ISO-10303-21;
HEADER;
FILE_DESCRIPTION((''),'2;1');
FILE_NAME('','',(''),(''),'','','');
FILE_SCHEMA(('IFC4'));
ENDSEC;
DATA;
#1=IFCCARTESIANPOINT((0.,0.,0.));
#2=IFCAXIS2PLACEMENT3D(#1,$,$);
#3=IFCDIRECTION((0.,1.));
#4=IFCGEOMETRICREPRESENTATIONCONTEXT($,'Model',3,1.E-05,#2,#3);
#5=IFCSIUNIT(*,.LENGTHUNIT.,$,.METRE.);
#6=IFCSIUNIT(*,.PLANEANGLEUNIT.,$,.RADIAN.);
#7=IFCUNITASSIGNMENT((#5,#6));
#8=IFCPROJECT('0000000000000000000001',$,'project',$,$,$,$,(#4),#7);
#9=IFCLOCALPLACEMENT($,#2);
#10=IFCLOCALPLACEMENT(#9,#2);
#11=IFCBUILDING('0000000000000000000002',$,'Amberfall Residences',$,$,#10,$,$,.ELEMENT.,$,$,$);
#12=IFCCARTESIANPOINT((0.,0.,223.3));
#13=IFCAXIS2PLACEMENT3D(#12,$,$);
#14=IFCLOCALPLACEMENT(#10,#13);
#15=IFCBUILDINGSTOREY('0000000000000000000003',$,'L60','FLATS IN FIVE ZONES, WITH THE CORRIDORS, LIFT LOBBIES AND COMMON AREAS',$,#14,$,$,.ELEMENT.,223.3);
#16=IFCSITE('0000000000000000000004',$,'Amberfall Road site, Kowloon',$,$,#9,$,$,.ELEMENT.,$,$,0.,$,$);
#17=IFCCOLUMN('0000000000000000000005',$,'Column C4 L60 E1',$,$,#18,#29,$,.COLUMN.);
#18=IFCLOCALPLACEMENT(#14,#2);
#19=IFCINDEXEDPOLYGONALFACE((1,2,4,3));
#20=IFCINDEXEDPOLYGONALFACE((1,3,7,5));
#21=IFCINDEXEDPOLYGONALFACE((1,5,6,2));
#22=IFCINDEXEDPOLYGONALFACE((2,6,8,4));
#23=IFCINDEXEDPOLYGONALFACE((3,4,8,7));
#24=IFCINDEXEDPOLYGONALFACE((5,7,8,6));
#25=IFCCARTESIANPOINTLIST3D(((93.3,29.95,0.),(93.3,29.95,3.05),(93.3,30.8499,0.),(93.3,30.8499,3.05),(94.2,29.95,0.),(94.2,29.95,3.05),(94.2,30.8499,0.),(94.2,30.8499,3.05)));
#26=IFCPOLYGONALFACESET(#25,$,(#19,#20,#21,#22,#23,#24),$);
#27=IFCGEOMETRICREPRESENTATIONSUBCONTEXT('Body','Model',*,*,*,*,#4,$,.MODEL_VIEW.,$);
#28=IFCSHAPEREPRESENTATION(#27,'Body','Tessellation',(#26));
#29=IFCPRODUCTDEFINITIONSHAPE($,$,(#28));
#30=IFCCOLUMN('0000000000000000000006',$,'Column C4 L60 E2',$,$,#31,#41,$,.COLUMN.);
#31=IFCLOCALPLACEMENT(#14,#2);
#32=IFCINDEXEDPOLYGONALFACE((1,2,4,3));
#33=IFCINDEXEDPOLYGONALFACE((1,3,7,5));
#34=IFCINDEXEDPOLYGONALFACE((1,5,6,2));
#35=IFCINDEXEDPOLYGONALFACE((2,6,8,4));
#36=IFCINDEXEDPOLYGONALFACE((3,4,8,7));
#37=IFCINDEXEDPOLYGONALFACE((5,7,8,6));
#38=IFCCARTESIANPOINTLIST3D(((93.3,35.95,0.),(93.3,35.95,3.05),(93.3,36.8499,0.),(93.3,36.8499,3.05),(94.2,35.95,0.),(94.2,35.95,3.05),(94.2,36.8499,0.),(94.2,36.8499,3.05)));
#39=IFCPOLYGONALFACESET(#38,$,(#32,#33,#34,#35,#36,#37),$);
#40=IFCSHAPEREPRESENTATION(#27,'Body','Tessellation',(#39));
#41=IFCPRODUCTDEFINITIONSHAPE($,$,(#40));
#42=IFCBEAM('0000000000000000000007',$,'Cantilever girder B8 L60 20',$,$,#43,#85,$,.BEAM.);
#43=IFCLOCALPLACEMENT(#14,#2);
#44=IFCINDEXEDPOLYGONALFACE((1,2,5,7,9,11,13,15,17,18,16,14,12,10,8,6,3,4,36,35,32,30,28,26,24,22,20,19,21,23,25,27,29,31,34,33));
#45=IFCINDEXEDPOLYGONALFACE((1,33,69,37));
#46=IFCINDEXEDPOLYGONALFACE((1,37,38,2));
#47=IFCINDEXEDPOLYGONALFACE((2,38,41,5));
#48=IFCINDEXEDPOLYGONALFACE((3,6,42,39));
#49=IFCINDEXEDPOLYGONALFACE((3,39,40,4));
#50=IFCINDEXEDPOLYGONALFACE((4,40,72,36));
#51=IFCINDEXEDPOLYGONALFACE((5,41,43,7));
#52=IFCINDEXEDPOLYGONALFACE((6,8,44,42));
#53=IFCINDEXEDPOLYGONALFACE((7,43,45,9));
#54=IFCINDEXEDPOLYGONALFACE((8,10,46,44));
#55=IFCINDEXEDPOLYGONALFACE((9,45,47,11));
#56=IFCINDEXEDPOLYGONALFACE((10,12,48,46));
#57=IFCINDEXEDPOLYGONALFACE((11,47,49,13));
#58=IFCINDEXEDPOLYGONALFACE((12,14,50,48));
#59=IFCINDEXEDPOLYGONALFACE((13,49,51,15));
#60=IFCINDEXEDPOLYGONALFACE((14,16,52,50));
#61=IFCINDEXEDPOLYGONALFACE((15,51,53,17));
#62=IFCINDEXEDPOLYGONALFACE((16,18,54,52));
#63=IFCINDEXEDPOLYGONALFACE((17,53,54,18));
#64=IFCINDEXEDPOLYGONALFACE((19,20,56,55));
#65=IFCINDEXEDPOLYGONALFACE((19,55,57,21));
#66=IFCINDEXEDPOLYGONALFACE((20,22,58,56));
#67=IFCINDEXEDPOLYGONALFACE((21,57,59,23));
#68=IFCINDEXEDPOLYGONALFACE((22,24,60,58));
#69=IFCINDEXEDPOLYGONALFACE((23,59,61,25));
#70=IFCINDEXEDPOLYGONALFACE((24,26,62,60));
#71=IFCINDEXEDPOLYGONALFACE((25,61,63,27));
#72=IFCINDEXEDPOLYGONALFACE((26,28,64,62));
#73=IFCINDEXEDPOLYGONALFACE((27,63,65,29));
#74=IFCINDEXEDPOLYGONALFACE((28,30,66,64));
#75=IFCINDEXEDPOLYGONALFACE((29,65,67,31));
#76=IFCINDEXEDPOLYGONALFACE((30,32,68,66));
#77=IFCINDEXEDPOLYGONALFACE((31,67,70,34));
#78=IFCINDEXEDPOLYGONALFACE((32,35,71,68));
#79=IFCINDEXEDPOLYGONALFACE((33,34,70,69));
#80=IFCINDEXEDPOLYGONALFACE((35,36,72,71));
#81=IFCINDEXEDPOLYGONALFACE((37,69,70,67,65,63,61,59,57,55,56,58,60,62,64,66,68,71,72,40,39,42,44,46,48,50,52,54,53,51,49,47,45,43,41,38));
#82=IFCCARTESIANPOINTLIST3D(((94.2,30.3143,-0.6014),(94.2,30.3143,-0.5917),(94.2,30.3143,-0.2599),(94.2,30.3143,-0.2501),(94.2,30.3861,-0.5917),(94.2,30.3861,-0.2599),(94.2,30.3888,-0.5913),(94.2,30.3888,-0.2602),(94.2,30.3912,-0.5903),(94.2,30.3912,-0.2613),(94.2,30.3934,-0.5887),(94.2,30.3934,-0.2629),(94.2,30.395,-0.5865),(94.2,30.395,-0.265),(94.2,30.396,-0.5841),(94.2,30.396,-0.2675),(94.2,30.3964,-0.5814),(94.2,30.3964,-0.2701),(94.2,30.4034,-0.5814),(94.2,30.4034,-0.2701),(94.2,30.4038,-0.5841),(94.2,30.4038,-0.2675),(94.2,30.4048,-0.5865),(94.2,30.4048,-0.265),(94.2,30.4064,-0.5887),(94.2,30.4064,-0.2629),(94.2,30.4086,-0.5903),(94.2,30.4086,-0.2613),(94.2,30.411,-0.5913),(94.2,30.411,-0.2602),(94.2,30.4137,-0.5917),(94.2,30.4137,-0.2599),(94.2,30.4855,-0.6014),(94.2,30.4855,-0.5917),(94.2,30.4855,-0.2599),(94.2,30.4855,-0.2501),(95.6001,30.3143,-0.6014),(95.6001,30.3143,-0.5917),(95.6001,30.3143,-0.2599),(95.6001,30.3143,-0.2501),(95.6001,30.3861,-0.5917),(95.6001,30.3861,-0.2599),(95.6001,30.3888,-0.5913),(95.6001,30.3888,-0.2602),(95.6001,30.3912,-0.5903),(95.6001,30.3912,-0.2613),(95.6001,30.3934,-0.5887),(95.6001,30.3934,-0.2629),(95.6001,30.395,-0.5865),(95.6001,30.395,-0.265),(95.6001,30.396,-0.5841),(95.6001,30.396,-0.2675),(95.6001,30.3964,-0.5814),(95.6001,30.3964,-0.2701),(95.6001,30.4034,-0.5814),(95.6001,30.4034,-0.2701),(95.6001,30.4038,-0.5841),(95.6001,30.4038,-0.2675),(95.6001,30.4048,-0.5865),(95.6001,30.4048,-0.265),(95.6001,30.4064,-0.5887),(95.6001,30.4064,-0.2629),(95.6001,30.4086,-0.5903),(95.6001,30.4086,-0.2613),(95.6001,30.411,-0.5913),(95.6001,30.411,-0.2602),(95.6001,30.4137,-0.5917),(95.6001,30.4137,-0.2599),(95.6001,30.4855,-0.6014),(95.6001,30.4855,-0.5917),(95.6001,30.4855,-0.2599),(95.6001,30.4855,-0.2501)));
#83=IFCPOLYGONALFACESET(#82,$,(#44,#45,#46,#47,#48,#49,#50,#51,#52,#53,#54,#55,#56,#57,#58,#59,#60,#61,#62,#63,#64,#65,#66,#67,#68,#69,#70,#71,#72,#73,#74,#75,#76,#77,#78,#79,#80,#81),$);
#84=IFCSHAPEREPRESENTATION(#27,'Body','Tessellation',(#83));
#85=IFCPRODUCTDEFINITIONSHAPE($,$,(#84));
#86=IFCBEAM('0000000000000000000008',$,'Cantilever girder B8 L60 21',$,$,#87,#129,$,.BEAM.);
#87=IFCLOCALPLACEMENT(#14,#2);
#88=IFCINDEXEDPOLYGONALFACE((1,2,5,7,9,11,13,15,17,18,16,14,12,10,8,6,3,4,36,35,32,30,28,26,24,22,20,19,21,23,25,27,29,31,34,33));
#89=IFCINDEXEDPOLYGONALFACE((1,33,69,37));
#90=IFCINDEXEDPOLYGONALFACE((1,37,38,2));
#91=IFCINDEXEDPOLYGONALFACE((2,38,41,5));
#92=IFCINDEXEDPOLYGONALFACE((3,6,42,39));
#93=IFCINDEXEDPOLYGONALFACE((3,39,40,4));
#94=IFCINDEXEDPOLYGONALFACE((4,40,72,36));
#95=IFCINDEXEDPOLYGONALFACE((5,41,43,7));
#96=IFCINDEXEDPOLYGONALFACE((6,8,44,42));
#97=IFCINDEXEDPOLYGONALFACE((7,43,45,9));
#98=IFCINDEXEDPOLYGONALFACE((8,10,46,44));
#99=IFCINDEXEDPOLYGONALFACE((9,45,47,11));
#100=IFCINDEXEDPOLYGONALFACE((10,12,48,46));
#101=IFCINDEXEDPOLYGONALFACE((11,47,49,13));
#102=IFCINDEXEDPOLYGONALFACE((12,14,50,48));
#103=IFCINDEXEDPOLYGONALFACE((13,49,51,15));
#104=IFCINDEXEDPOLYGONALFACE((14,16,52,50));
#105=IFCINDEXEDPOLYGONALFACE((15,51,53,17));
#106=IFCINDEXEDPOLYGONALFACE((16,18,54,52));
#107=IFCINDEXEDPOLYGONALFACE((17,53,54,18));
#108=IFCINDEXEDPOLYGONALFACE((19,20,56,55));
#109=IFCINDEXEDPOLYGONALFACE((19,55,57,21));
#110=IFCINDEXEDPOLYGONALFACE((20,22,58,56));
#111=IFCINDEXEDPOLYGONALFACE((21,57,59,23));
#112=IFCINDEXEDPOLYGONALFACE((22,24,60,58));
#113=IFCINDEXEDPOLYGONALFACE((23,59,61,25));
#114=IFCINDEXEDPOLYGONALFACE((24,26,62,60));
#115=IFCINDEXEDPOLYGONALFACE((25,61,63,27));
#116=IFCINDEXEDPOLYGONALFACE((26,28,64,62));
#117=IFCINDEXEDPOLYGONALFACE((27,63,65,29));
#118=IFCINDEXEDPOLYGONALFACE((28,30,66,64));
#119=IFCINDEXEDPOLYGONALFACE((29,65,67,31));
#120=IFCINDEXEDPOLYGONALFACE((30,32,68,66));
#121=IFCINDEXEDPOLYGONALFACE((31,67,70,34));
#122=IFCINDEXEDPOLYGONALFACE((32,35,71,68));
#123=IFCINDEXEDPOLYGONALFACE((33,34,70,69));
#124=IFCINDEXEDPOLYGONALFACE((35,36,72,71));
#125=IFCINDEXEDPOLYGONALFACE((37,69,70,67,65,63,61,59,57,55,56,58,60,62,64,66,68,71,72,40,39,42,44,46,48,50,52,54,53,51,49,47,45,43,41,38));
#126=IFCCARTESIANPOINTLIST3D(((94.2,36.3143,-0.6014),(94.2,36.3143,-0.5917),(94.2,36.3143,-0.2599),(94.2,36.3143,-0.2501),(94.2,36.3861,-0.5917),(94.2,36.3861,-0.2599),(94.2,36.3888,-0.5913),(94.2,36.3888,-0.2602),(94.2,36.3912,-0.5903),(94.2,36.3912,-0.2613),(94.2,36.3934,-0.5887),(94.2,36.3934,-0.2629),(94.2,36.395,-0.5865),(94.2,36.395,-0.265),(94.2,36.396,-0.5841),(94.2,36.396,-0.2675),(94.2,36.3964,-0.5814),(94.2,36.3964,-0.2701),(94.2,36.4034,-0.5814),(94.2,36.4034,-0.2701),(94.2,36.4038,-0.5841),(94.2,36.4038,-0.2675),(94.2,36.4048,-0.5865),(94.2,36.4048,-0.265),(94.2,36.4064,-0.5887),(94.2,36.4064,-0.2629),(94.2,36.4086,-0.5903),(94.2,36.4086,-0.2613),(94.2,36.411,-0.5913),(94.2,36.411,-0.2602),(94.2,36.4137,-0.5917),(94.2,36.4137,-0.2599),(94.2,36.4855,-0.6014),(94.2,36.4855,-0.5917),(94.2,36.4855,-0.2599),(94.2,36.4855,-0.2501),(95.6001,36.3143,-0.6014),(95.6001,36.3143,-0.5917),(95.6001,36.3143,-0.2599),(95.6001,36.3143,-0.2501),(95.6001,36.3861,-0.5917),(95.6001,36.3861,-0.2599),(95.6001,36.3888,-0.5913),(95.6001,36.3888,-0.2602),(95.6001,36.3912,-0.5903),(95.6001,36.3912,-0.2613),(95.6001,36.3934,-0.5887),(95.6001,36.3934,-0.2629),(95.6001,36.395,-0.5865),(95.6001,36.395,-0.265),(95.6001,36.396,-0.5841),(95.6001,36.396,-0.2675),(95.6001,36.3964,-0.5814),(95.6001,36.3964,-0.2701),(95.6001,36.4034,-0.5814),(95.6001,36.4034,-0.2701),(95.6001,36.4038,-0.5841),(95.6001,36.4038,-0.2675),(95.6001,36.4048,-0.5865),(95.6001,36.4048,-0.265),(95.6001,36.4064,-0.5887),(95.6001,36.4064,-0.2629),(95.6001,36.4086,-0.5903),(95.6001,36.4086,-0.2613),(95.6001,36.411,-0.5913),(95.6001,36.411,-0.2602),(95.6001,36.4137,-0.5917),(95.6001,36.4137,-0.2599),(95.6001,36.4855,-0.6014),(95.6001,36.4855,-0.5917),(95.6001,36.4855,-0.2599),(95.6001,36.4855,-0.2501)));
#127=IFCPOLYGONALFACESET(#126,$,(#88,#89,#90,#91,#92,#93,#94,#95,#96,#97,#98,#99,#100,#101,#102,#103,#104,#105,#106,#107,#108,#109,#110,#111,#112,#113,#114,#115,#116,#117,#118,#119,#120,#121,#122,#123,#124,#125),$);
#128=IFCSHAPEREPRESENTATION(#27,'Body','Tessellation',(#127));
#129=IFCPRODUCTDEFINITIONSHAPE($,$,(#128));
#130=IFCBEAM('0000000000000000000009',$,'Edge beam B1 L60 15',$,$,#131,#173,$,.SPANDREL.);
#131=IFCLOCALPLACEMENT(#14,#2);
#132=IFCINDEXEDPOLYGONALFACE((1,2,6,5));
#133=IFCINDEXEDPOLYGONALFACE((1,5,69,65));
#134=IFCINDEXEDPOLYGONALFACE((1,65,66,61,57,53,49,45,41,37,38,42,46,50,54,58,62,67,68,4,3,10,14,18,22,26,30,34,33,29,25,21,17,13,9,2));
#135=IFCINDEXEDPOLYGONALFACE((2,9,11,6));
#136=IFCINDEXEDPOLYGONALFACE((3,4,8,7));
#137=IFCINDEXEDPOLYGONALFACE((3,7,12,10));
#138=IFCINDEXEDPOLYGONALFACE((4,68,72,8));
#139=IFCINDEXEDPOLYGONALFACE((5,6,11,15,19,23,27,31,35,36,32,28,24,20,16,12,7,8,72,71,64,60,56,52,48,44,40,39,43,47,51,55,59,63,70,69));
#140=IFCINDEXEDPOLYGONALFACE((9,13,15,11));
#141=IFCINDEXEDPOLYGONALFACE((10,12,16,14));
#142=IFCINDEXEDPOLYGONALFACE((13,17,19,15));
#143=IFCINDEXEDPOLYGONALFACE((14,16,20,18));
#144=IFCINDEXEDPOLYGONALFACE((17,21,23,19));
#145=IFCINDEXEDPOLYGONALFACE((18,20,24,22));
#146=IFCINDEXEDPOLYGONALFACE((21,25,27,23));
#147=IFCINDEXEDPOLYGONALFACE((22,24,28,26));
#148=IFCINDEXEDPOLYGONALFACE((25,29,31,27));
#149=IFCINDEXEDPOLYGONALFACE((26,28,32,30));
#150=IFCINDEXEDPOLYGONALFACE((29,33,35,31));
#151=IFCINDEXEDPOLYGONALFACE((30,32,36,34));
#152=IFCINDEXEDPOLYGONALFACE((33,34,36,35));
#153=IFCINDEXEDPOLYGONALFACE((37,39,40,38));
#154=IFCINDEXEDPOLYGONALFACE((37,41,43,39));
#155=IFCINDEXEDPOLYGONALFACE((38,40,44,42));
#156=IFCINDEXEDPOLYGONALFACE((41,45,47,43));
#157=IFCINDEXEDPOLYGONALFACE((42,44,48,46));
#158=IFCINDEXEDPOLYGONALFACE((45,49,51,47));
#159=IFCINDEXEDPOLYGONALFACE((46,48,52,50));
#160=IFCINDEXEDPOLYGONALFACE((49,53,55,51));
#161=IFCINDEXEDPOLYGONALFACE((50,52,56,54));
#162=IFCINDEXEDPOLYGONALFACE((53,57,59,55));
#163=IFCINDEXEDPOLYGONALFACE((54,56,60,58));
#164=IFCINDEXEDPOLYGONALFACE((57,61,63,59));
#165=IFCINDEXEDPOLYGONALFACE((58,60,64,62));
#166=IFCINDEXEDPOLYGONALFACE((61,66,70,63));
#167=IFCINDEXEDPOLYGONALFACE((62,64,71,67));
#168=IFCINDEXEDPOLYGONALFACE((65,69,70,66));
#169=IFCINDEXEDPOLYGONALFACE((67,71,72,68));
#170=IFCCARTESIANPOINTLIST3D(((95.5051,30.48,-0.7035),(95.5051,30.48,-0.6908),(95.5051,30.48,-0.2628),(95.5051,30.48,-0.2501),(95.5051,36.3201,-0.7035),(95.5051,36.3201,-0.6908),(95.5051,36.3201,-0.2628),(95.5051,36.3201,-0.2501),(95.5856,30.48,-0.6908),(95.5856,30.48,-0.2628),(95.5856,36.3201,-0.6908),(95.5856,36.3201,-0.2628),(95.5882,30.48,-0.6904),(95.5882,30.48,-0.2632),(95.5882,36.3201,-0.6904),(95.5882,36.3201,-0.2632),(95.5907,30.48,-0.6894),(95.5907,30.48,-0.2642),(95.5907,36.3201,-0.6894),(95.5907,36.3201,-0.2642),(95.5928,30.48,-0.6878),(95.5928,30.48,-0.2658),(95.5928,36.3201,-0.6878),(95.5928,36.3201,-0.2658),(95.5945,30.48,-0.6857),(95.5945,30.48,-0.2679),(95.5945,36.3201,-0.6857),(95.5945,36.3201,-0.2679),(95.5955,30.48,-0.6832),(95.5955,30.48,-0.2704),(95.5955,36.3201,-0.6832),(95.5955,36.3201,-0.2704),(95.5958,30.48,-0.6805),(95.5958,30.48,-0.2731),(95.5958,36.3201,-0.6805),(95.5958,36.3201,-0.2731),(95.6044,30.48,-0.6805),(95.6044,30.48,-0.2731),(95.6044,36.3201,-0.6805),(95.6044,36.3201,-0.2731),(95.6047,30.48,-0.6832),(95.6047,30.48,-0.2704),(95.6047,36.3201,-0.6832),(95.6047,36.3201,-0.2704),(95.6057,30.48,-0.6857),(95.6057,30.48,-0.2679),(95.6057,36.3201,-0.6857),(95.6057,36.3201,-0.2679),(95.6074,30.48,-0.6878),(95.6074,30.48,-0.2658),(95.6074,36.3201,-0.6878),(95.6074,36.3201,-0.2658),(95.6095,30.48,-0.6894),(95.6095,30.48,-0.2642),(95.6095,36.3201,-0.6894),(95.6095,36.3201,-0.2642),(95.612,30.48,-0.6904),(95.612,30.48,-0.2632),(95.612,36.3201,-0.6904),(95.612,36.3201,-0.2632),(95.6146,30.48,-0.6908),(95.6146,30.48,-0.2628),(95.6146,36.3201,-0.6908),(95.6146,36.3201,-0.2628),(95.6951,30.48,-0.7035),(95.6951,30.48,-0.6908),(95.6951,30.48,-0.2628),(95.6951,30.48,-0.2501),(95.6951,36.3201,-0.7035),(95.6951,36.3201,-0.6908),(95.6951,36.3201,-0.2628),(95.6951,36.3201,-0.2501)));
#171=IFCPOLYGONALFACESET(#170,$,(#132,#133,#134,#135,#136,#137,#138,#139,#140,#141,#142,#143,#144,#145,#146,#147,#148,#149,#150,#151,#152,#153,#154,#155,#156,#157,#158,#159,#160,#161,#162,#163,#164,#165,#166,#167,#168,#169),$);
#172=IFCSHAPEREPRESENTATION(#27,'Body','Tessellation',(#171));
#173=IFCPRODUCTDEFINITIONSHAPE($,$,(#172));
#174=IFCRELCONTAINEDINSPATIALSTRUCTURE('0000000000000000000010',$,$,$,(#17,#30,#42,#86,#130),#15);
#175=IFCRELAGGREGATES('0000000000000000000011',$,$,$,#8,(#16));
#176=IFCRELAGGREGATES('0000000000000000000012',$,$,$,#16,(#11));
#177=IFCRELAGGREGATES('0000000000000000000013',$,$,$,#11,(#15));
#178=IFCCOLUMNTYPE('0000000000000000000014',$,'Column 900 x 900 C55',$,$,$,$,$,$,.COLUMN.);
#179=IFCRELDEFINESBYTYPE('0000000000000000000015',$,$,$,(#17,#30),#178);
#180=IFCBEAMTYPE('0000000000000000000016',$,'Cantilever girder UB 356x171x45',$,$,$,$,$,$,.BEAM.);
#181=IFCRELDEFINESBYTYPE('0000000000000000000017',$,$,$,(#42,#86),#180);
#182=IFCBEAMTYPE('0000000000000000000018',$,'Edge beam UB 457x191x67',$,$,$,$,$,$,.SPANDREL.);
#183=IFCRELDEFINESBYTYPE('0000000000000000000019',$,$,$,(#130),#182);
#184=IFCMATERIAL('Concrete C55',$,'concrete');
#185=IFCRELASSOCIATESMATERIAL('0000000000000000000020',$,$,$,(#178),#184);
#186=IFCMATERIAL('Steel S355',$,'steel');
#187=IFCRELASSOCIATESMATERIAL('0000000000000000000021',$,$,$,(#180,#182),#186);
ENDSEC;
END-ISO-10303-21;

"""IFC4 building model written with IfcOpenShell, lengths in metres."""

from ifc_helpers import new_model, si_unit, direction, frame, origin, origin_2d, place, context, subcontext, project, spatial, rectangle, i_section, extrude, material, material_profile, profile_set, type_object, element, save


model = new_model("IFC4")

# Units and contexts
model_context = context("Model", 3, precision=1e-05, world=origin(), true_north=direction((0.0, 1.0)))
body_context = subcontext(model_context, "Body", "Model", "MODEL_VIEW")
ifc_project = project(units=[si_unit("LENGTHUNIT", "METRE"), si_unit("PLANEANGLEUNIT", "RADIAN")], contexts=[model_context])

# Site, building, storey
site_placement = place(None, origin())
site = spatial("IfcSite", under=ifc_project, at=site_placement, Name="Amberfall Road site, Kowloon", CompositionType="ELEMENT", RefElevation=0.0)
building_placement = place(site_placement, origin())
building = spatial("IfcBuilding", under=site, at=building_placement, Name="Amberfall Residences", CompositionType="ELEMENT")
storey_placement = place(building_placement, frame((0.0, 0.0, 223.3)))
storey = spatial("IfcBuildingStorey", under=building, at=storey_placement, Name="L60", Description="FLATS IN FIVE ZONES, WITH THE CORRIDORS, LIFT LOBBIES AND COMMON AREAS", CompositionType="ELEMENT", Elevation=223.3)

# Columns
ifc_material_1 = material(Name="Concrete C55", Category="concrete")
ifc_material_profile_1 = material_profile(ifc_material_1, rectangle(XDim=0.8999, YDim=0.8999, at=origin_2d()), Name="Column 900 x 900 C55")
ifc_profile_set_1 = profile_set([ifc_material_profile_1], Name="Concrete C55")
column_type = type_object("IfcColumnType", Name="Column 900 x 900 C55", PredefinedType="COLUMN", material=ifc_profile_set_1)
for number, where, z_axis, x_axis, name in (
    (1, (93.75, 30.3999, 0.0), (0.0, 0.0, 1.0), (1.0, 0.0, 0.0), "Column C4 L60 E1"),
    (2, (93.75, 36.3999, 0.0), (0.0, 0.0, 1.0), (1.0, 0.0, 0.0), "Column C4 L60 E2"),
):
    element("IfcColumn", number, at=place(storey_placement, frame(where, z_axis=z_axis, x_axis=x_axis)), inside=storey, type_object=column_type, Name=name, PredefinedType="COLUMN", context=body_context, shape_type="SweptSolid", body=[
        extrude(rectangle(XDim=0.8999, YDim=0.8999, at=origin_2d()), origin(), (0.0, 0.0, 1.0), 3.05),
    ])

# Beams
ifc_material_2 = material(Name="Steel S355", Category="steel")
ifc_material_profile_2 = material_profile(ifc_material_2, i_section(OverallWidth=0.1711, OverallDepth=0.3513, WebThickness=0.0071, FlangeThickness=0.0098, FilletRadius=0.0103, at=origin_2d()), Name="UB 356x171x45")
ifc_profile_set_2 = profile_set([ifc_material_profile_2], Name="Steel S355")
beam_type_1 = type_object("IfcBeamType", Name="Cantilever girder UB 356x171x45", PredefinedType="BEAM", material=ifc_profile_set_2)
for number, where, z_axis, x_axis, name in (
    (3, (94.2, 30.3999, -0.4258), (1.0, 0.0, 0.0), (0.0, 1.0, 0.0), "Cantilever girder B8 L60 20"),
    (4, (94.2, 36.3999, -0.4258), (1.0, 0.0, 0.0), (0.0, 1.0, 0.0), "Cantilever girder B8 L60 21"),
):
    element("IfcBeam", number, at=place(storey_placement, frame(where, z_axis=z_axis, x_axis=x_axis)), inside=storey, type_object=beam_type_1, Name=name, PredefinedType="BEAM", context=body_context, shape_type="SweptSolid", body=[
        extrude(i_section(OverallWidth=0.1711, OverallDepth=0.3513, WebThickness=0.0071, FlangeThickness=0.0098, FilletRadius=0.0103, at=origin_2d()), origin(), (0.0, 0.0, 1.0), 1.4001),
    ])
ifc_material_profile_3 = material_profile(ifc_material_2, i_section(OverallWidth=0.1899, OverallDepth=0.4534, WebThickness=0.0085, FlangeThickness=0.0127, FilletRadius=0.0103, at=origin_2d()), Name="UB 457x191x67")
ifc_profile_set_3 = profile_set([ifc_material_profile_3], Name="Steel S355")
beam_type_2 = type_object("IfcBeamType", Name="Edge beam UB 457x191x67", PredefinedType="SPANDREL", material=ifc_profile_set_3)
beam_1_placement = place(storey_placement, frame((95.6001, 30.48, -0.4768), z_axis=(0.0, 1.0, 0.0), x_axis=(-1.0, 0.0, 0.0)))
element("IfcBeam", 5, at=beam_1_placement, inside=storey, type_object=beam_type_2, Name="Edge beam B1 L60 15", PredefinedType="SPANDREL", context=body_context, shape_type="SweptSolid", body=[
    extrude(i_section(OverallWidth=0.1899, OverallDepth=0.4534, WebThickness=0.0085, FlangeThickness=0.0127, FilletRadius=0.0103, at=origin_2d()), origin(), (0.0, 0.0, 1.0), 5.8401),
])

save(model, "model.ifc")
